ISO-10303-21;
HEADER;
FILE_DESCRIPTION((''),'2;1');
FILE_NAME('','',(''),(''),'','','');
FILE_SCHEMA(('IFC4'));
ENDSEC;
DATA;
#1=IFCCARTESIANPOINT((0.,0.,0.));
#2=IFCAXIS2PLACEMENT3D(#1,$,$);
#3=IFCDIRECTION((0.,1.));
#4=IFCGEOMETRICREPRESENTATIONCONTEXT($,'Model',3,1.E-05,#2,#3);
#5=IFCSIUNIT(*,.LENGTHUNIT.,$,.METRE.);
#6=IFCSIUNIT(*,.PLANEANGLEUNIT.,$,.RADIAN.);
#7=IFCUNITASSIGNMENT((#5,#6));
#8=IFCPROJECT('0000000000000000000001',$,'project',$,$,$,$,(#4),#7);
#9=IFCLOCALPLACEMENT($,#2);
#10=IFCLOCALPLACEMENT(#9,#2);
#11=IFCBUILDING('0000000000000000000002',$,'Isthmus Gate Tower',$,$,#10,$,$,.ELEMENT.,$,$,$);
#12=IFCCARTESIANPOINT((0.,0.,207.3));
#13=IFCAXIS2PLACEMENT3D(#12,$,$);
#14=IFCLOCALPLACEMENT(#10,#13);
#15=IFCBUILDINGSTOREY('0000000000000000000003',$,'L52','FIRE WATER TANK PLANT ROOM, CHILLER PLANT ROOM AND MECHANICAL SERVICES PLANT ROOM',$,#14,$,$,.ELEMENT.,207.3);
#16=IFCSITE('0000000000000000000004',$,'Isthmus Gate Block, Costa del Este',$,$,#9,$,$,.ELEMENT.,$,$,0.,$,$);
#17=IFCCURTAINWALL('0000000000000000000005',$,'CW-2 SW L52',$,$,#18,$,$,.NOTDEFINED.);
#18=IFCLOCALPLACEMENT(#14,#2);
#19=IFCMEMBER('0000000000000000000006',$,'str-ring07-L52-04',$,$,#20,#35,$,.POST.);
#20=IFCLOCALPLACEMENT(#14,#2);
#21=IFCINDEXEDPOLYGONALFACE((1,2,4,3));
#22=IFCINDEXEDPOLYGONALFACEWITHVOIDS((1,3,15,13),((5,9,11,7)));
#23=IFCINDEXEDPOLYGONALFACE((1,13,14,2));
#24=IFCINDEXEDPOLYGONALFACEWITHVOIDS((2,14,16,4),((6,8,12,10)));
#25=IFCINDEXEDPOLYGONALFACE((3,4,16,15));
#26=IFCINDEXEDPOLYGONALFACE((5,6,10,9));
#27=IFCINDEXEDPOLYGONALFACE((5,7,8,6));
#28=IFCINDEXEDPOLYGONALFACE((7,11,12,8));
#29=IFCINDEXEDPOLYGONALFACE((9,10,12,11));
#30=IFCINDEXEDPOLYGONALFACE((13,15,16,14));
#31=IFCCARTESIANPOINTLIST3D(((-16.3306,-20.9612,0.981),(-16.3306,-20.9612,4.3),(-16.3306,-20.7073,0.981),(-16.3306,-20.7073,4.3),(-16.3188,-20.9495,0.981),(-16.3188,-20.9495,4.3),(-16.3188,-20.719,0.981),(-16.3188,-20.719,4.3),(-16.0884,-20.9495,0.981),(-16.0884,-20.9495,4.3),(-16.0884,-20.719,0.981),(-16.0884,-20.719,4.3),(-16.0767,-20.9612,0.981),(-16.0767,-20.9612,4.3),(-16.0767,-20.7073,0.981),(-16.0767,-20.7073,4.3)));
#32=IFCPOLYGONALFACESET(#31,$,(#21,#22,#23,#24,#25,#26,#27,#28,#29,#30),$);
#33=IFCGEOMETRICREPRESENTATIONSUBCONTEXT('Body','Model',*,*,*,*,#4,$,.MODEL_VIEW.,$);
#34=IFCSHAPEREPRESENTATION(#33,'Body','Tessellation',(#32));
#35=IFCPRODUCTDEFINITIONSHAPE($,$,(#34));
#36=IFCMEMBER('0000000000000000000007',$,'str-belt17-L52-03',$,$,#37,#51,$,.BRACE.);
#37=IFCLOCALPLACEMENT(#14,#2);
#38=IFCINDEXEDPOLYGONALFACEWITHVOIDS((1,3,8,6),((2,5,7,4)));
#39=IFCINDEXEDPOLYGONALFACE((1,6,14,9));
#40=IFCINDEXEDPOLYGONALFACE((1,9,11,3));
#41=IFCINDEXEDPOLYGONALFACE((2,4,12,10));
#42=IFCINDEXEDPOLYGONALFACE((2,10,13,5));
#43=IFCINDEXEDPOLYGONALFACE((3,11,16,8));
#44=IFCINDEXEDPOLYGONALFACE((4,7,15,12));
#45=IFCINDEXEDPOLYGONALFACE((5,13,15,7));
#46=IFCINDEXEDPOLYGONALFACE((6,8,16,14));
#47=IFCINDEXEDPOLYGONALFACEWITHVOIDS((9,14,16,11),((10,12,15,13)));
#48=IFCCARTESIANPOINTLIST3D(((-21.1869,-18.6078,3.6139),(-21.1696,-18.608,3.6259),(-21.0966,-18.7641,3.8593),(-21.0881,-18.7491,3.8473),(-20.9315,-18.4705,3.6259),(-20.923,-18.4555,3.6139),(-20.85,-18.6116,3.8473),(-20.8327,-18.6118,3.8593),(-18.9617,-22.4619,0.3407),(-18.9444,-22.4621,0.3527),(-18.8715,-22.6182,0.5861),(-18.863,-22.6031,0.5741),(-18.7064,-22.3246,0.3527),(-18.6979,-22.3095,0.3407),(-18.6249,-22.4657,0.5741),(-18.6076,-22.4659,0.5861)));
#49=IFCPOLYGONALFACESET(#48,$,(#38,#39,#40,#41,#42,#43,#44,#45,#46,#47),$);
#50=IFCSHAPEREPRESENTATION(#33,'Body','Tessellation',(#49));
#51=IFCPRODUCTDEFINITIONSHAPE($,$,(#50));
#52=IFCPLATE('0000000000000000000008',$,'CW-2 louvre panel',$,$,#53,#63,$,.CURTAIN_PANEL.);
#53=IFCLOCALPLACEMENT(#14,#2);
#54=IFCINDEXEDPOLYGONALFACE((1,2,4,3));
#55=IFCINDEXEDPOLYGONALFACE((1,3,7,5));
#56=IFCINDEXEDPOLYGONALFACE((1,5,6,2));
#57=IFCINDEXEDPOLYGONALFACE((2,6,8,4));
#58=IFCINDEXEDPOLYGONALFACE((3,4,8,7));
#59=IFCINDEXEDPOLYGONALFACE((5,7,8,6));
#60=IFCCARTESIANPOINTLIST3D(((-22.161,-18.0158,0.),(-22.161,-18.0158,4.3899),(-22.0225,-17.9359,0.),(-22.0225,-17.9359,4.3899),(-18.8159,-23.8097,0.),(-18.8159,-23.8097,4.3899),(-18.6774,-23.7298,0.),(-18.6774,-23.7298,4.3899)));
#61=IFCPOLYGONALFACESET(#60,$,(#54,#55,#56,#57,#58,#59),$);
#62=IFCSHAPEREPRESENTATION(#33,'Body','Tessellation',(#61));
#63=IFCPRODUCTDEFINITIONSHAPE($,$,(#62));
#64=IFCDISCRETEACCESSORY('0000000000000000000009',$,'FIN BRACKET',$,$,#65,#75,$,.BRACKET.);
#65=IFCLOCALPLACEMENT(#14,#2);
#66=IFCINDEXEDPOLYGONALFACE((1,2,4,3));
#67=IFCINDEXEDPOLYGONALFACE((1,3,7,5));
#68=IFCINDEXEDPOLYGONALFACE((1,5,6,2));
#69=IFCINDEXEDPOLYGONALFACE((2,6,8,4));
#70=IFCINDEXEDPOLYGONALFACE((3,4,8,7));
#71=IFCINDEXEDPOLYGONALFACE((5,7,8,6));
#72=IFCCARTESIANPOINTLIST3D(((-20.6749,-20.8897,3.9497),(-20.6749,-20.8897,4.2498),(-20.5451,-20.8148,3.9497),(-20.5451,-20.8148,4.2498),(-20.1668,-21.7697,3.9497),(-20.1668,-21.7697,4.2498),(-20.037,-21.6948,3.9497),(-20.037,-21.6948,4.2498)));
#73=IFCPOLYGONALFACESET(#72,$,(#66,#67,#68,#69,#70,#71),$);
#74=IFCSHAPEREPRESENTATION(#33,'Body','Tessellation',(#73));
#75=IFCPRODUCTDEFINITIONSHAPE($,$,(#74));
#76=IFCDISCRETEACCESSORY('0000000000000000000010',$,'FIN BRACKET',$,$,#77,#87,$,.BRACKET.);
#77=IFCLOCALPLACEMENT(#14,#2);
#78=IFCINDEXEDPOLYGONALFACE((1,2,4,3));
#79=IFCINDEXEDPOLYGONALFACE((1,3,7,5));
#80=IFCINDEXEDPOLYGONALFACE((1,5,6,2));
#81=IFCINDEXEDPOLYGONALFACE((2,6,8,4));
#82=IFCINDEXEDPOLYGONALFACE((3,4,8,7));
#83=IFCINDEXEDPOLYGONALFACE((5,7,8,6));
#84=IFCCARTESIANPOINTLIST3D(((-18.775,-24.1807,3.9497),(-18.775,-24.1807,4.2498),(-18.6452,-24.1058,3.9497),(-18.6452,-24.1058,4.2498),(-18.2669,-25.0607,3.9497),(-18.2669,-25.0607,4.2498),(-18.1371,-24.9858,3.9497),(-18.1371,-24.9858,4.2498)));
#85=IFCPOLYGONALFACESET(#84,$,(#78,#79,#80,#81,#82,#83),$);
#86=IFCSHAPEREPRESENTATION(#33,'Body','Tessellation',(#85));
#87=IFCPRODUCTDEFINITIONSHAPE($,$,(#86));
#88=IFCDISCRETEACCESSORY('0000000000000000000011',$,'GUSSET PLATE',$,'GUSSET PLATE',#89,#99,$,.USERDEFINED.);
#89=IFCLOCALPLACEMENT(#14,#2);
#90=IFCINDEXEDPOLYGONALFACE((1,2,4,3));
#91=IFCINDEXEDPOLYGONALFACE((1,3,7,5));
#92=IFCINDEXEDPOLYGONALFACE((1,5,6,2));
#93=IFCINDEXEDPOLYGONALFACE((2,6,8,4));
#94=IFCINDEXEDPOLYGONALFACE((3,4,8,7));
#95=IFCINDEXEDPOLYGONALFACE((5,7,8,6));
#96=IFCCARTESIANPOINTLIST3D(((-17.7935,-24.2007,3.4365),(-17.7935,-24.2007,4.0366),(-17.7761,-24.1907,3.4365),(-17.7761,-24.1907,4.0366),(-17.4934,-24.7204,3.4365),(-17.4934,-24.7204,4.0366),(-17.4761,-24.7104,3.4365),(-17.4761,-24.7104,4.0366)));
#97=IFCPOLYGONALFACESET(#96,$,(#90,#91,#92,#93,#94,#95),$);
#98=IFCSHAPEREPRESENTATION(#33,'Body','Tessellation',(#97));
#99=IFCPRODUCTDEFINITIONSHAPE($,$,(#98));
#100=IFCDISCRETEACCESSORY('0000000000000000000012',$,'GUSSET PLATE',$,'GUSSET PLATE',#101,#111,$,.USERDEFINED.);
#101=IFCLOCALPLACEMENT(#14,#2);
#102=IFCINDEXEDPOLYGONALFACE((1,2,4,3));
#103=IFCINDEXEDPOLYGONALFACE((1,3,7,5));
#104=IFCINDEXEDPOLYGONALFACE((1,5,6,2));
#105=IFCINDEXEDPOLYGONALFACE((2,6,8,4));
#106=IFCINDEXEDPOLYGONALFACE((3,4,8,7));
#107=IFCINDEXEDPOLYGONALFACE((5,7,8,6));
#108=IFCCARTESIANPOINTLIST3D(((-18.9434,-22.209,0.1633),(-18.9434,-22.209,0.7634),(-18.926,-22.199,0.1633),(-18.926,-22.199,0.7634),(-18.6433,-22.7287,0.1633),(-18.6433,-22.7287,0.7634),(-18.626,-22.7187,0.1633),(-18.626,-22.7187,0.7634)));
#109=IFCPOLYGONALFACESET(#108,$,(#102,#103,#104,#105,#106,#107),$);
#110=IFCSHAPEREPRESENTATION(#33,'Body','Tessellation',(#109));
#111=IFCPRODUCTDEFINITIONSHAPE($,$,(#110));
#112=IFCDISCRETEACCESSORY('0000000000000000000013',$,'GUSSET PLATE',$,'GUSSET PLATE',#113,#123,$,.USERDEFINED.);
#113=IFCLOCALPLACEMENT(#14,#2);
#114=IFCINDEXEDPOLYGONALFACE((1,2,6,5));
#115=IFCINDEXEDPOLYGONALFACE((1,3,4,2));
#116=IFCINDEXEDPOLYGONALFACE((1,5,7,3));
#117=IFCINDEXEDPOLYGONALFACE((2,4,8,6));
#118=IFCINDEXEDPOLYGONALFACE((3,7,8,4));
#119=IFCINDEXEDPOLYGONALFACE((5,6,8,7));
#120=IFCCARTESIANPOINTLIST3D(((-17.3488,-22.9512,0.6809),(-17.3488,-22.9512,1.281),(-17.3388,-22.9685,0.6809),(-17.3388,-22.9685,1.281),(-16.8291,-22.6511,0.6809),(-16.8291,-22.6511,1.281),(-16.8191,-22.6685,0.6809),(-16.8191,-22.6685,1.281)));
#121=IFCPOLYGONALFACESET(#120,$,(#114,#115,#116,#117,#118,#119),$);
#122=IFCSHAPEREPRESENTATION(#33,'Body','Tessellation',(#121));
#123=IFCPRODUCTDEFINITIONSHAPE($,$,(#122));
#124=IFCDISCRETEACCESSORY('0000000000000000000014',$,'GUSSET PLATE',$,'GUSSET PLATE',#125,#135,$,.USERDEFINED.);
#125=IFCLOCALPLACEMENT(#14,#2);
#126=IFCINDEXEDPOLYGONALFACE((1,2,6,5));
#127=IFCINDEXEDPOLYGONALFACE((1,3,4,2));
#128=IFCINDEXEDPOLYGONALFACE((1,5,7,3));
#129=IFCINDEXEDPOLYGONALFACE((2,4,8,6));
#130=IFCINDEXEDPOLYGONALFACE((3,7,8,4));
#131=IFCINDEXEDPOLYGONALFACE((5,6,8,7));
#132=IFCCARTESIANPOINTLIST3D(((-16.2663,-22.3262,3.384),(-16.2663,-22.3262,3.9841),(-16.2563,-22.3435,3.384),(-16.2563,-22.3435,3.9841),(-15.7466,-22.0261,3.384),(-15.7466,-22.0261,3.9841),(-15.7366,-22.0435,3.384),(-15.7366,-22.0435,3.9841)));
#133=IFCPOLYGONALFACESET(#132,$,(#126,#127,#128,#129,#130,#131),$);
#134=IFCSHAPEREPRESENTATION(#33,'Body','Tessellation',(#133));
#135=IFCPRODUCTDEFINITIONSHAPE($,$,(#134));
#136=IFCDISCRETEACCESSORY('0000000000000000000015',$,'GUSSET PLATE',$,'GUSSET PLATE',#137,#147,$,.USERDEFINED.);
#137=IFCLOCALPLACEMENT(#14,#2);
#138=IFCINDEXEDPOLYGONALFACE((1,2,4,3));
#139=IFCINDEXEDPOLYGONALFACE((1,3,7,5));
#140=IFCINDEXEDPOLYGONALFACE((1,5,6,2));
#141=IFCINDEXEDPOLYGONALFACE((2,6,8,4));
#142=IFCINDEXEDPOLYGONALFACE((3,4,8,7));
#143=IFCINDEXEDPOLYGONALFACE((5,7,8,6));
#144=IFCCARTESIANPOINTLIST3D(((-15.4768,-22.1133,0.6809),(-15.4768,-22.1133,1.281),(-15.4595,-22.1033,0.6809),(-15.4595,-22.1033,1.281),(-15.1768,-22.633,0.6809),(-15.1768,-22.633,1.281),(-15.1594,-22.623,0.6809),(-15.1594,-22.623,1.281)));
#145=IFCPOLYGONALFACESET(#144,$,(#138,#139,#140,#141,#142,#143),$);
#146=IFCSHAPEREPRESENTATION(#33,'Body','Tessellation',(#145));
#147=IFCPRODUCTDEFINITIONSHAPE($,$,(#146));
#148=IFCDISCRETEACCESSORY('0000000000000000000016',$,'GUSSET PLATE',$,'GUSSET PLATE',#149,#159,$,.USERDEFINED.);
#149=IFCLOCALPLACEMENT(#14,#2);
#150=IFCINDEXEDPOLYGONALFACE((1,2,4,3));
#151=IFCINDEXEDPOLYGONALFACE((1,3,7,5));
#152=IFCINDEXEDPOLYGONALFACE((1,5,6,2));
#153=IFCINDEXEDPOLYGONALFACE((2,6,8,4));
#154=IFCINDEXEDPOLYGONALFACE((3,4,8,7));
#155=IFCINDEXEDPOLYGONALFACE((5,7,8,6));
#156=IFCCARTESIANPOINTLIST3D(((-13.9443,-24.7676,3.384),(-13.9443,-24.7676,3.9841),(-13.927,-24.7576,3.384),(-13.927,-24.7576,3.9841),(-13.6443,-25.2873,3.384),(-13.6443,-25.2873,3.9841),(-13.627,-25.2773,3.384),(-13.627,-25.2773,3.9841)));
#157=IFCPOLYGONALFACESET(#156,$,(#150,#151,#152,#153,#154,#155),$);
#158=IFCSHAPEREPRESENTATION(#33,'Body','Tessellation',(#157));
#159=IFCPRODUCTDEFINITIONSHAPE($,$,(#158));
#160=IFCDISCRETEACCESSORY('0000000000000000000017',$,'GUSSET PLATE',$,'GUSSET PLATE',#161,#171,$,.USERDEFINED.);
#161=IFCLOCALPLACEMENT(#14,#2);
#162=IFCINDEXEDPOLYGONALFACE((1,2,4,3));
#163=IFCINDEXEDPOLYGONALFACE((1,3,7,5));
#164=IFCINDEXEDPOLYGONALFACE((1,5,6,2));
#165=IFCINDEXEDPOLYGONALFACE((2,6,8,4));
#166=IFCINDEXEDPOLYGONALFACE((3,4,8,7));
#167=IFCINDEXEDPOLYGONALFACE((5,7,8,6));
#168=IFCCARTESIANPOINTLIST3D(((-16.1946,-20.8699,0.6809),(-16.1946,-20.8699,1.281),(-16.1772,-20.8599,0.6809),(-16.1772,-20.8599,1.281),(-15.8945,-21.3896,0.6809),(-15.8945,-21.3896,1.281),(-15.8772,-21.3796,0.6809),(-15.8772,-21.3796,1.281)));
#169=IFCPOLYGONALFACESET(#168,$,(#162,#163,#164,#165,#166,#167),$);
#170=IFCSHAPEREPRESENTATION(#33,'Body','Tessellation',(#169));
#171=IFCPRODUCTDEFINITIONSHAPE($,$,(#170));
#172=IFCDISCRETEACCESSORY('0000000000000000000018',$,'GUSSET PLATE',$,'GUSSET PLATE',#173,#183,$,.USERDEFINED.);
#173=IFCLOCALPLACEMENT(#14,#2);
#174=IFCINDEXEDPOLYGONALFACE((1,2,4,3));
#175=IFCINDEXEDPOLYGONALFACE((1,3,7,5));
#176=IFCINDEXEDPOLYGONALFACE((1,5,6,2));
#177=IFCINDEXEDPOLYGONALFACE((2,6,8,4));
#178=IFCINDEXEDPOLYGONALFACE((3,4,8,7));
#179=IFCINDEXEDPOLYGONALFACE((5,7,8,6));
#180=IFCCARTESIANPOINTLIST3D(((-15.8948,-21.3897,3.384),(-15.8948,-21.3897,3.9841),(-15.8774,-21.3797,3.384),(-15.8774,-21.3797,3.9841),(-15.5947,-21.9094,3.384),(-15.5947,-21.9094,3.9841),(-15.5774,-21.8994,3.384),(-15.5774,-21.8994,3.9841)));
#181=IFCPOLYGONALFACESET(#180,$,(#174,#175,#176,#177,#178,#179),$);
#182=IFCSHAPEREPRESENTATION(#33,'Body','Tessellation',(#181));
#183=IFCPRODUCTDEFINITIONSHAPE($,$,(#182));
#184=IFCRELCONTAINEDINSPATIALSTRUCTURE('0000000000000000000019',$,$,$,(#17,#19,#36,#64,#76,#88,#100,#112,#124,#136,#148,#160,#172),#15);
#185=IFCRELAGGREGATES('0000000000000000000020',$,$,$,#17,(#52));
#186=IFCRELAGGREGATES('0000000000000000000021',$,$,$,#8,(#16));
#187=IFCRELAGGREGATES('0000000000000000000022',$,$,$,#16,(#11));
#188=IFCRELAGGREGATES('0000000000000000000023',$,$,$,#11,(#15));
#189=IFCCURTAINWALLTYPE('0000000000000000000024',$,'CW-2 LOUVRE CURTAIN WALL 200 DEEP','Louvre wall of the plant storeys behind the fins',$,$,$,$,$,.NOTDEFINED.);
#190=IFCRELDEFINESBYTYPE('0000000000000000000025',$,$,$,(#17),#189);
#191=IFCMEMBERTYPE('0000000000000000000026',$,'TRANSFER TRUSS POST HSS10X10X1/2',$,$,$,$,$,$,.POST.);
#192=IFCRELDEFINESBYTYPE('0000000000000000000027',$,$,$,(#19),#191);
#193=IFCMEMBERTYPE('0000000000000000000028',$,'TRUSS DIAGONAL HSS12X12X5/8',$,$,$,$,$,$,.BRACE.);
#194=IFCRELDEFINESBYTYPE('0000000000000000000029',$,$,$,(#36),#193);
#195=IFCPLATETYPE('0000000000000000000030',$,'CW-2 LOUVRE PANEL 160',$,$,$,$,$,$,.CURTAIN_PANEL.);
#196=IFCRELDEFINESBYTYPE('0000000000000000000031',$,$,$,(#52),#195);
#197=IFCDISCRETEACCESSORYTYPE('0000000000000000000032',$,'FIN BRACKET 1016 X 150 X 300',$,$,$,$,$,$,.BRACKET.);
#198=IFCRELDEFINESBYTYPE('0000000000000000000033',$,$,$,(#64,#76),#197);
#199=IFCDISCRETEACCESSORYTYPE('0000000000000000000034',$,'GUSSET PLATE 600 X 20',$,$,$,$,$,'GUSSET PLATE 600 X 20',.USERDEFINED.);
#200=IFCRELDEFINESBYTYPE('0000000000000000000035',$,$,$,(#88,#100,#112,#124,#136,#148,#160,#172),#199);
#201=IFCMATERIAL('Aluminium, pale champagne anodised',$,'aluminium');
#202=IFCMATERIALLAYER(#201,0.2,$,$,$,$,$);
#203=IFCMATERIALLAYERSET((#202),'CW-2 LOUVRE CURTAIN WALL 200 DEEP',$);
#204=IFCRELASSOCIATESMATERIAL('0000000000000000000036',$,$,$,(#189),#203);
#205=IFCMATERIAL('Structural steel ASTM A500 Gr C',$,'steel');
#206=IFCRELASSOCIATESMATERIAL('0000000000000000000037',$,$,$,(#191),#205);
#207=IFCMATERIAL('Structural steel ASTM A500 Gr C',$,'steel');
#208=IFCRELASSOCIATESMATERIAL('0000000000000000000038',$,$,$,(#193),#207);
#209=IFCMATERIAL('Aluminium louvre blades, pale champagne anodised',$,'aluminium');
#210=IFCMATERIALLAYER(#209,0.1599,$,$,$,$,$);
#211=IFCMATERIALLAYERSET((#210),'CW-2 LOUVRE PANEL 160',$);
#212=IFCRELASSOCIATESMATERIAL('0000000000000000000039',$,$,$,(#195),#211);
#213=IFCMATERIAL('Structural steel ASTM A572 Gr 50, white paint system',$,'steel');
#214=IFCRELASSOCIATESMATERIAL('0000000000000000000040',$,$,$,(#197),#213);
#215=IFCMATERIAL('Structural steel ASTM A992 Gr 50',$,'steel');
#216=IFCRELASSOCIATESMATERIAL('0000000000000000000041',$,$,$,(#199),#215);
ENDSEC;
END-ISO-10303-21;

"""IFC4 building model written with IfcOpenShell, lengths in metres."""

from ifc_helpers import new_model, si_unit, direction, frame, origin, origin_2d, place, context, subcontext, project, spatial, rectangle, hollow_rectangle, extrude, material, layer, layer_set, material_profile, profile_set, type_object, element, aggregate, save


model = new_model("IFC4")

# Units and contexts
model_context = context("Model", 3, precision=1e-05, world=origin(), true_north=direction((0.0, 1.0)))
body_context = subcontext(model_context, "Body", "Model", "MODEL_VIEW")
ifc_project = project(units=[si_unit("LENGTHUNIT", "METRE"), si_unit("PLANEANGLEUNIT", "RADIAN")], contexts=[model_context])

# Site, building, storey
site_placement = place(None, origin())
site = spatial("IfcSite", under=ifc_project, at=site_placement, Name="Isthmus Gate Block, Costa del Este", CompositionType="ELEMENT", RefElevation=0.0)
building_placement = place(site_placement, origin())
building = spatial("IfcBuilding", under=site, at=building_placement, Name="Isthmus Gate Tower", CompositionType="ELEMENT")
storey_placement = place(building_placement, frame((0.0, 0.0, 207.3)))
storey = spatial("IfcBuildingStorey", under=building, at=storey_placement, Name="L52", Description="FIRE WATER TANK PLANT ROOM, CHILLER PLANT ROOM AND MECHANICAL SERVICES PLANT ROOM", CompositionType="ELEMENT", Elevation=207.3)

# Curtain wall
ifc_material_1 = material(Name="Aluminium, pale champagne anodised", Category="aluminium")
ifc_layer_1 = layer(ifc_material_1, 0.2)
ifc_layer_set_1 = layer_set([ifc_layer_1], Name="CW-2 LOUVRE CURTAIN WALL 200 DEEP")
curtain_wall_type = type_object("IfcCurtainWallType", Name="CW-2 LOUVRE CURTAIN WALL 200 DEEP", Description="Louvre wall of the plant storeys behind the fins", PredefinedType="NOTDEFINED", material=ifc_layer_set_1)
curtain_wall_placement = place(storey_placement, origin())
curtain_wall = element("IfcCurtainWall", 1, at=curtain_wall_placement, inside=storey, type_object=curtain_wall_type, Name="CW-2 SW L52", PredefinedType="NOTDEFINED")

# Members
ifc_material_2 = material(Name="Structural steel ASTM A500 Gr C", Category="steel")
ifc_material_profile_1 = material_profile(ifc_material_2, hollow_rectangle(XDim=0.2539, YDim=0.2539, WallThickness=0.0117, at=origin_2d()), Name="HSS10X10X1/2")
ifc_profile_set_1 = profile_set([ifc_material_profile_1], Name="Structural steel ASTM A500 Gr C")
member_type_1 = type_object("IfcMemberType", Name="TRANSFER TRUSS POST HSS10X10X1/2", PredefinedType="POST", material=ifc_profile_set_1)
member_1_placement = place(storey_placement, frame((-16.2036, -20.8342, 0.981), z_axis=(0.0, 0.0, 1.0), x_axis=(1.0, 0.0, 0.0)))
element("IfcMember", 2, at=member_1_placement, inside=storey, type_object=member_type_1, Name="str-ring07-L52-04", PredefinedType="POST", context=body_context, shape_type="SweptSolid", body=[
    extrude(hollow_rectangle(XDim=0.2539, YDim=0.2539, WallThickness=0.0117, at=origin_2d()), origin(), (0.0, 0.0, 1.0), 3.3191),
])
ifc_material_3 = material(Name="Structural steel ASTM A500 Gr C", Category="steel")
ifc_material_profile_2 = material_profile(ifc_material_3, hollow_rectangle(XDim=0.3047, YDim=0.3047, WallThickness=0.0149, at=origin_2d()), Name="HSS12X12X5/8")
ifc_profile_set_2 = profile_set([ifc_material_profile_2], Name="Structural steel ASTM A500 Gr C")
member_type_2 = type_object("IfcMemberType", Name="TRUSS DIAGONAL HSS12X12X5/8", PredefinedType="BRACE", material=ifc_profile_set_2)
member_2_placement = place(storey_placement, frame((-18.7847, -22.4639, 0.4634), z_axis=(-0.402782, 0.697642, 0.592505), x_axis=(-0.866027, -0.499998, 0.0)))
element("IfcMember", 3, at=member_2_placement, inside=storey, type_object=member_type_2, Name="str-belt17-L52-03", PredefinedType="BRACE", context=body_context, shape_type="SweptSolid", body=[
    extrude(hollow_rectangle(XDim=0.3047, YDim=0.3047, WallThickness=0.0149, at=origin_2d()), origin(), (0.0, 0.0, 1.0), 5.5244),
])

# Plate
ifc_material_4 = material(Name="Aluminium louvre blades, pale champagne anodised", Category="aluminium")
ifc_layer_2 = layer(ifc_material_4, 0.1599)
ifc_layer_set_2 = layer_set([ifc_layer_2], Name="CW-2 LOUVRE PANEL 160")
plate_type = type_object("IfcPlateType", Name="CW-2 LOUVRE PANEL 160", PredefinedType="CURTAIN_PANEL", material=ifc_layer_set_2)
plate_placement = place(storey_placement, frame((-20.4192, -20.8728, 0.0), z_axis=(0.0, 0.0, 1.0), x_axis=(0.5, -0.866025, 0.0)))
plate = element("IfcPlate", 4, at=plate_placement, type_object=plate_type, Name="CW-2 louvre panel", PredefinedType="CURTAIN_PANEL", context=body_context, shape_type="SweptSolid", body=[
    extrude(rectangle(XDim=6.6902, YDim=0.1599, at=origin_2d()), origin(), (0.0, 0.0, 1.0), 4.3899),
])
aggregate(curtain_wall, [plate])

# Discrete accessories
ifc_material_5 = material(Name="Structural steel ASTM A572 Gr 50, white paint system", Category="steel")
discrete_accessory_type_1 = type_object("IfcDiscreteAccessoryType", Name="FIN BRACKET 1016 X 150 X 300", PredefinedType="BRACKET", material=ifc_material_5)
for number, where, z_axis, x_axis, name in (
    (5, (-20.356, -21.2922, 3.9497), (0.0, 0.0, 1.0), (-0.866025, -0.5, 0.0), "FIN BRACKET"),
    (6, (-18.4561, -24.5833, 3.9497), (0.0, 0.0, 1.0), (-0.866025, -0.5, 0.0), "FIN BRACKET"),
):
    element("IfcDiscreteAccessory", number, at=place(storey_placement, frame(where, z_axis=z_axis, x_axis=x_axis)), inside=storey, type_object=discrete_accessory_type_1, Name=name, PredefinedType="BRACKET", context=body_context, shape_type="SweptSolid", body=[
        extrude(rectangle(XDim=0.1499, YDim=1.0161, at=origin_2d()), origin(), (0.0, 0.0, 1.0), 0.3),
    ])
ifc_material_6 = material(Name="Structural steel ASTM A992 Gr 50", Category="steel")
discrete_accessory_type_2 = type_object("IfcDiscreteAccessoryType", Name="GUSSET PLATE 600 X 20", ElementType="GUSSET PLATE 600 X 20", PredefinedType="USERDEFINED", material=ifc_material_6)
for number, where, z_axis, x_axis, name in (
    (7, (-17.6348, -24.4556, 3.4365), (0.0, 0.0, 1.0), (-0.5, 0.866025, 0.0), "GUSSET PLATE"),
    (8, (-18.7847, -22.4639, 0.1633), (0.0, 0.0, 1.0), (-0.5, 0.866025, 0.0), "GUSSET PLATE"),
    (9, (-17.084, -22.8098, 0.6809), (0.0, 0.0, 1.0), (0.866025, 0.5, 0.0), "GUSSET PLATE"),
    (10, (-16.0015, -22.1848, 3.384), (0.0, 0.0, 1.0), (0.866025, 0.5, 0.0), "GUSSET PLATE"),
    (11, (-15.3181, -22.3682, 0.6809), (0.0, 0.0, 1.0), (0.5, -0.866025, 0.0), "GUSSET PLATE"),
    (12, (-13.7856, -25.0225, 3.384), (0.0, 0.0, 1.0), (0.5, -0.866025, 0.0), "GUSSET PLATE"),
    (13, (-16.0359, -21.1248, 0.6809), (0.0, 0.0, 1.0), (0.5, -0.866025, 0.0), "GUSSET PLATE"),
    (14, (-15.7361, -21.6445, 3.384), (0.0, 0.0, 1.0), (0.5, -0.866025, 0.0), "GUSSET PLATE"),
):
    element("IfcDiscreteAccessory", number, at=place(storey_placement, frame(where, z_axis=z_axis, x_axis=x_axis)), inside=storey, type_object=discrete_accessory_type_2, Name=name, ObjectType="GUSSET PLATE", PredefinedType="USERDEFINED", context=body_context, shape_type="SweptSolid", body=[
        extrude(rectangle(XDim=0.6001, YDim=0.02, at=origin_2d()), origin(), (0.0, 0.0, 1.0), 0.6001),
    ])

save(model, "model.ifc")
